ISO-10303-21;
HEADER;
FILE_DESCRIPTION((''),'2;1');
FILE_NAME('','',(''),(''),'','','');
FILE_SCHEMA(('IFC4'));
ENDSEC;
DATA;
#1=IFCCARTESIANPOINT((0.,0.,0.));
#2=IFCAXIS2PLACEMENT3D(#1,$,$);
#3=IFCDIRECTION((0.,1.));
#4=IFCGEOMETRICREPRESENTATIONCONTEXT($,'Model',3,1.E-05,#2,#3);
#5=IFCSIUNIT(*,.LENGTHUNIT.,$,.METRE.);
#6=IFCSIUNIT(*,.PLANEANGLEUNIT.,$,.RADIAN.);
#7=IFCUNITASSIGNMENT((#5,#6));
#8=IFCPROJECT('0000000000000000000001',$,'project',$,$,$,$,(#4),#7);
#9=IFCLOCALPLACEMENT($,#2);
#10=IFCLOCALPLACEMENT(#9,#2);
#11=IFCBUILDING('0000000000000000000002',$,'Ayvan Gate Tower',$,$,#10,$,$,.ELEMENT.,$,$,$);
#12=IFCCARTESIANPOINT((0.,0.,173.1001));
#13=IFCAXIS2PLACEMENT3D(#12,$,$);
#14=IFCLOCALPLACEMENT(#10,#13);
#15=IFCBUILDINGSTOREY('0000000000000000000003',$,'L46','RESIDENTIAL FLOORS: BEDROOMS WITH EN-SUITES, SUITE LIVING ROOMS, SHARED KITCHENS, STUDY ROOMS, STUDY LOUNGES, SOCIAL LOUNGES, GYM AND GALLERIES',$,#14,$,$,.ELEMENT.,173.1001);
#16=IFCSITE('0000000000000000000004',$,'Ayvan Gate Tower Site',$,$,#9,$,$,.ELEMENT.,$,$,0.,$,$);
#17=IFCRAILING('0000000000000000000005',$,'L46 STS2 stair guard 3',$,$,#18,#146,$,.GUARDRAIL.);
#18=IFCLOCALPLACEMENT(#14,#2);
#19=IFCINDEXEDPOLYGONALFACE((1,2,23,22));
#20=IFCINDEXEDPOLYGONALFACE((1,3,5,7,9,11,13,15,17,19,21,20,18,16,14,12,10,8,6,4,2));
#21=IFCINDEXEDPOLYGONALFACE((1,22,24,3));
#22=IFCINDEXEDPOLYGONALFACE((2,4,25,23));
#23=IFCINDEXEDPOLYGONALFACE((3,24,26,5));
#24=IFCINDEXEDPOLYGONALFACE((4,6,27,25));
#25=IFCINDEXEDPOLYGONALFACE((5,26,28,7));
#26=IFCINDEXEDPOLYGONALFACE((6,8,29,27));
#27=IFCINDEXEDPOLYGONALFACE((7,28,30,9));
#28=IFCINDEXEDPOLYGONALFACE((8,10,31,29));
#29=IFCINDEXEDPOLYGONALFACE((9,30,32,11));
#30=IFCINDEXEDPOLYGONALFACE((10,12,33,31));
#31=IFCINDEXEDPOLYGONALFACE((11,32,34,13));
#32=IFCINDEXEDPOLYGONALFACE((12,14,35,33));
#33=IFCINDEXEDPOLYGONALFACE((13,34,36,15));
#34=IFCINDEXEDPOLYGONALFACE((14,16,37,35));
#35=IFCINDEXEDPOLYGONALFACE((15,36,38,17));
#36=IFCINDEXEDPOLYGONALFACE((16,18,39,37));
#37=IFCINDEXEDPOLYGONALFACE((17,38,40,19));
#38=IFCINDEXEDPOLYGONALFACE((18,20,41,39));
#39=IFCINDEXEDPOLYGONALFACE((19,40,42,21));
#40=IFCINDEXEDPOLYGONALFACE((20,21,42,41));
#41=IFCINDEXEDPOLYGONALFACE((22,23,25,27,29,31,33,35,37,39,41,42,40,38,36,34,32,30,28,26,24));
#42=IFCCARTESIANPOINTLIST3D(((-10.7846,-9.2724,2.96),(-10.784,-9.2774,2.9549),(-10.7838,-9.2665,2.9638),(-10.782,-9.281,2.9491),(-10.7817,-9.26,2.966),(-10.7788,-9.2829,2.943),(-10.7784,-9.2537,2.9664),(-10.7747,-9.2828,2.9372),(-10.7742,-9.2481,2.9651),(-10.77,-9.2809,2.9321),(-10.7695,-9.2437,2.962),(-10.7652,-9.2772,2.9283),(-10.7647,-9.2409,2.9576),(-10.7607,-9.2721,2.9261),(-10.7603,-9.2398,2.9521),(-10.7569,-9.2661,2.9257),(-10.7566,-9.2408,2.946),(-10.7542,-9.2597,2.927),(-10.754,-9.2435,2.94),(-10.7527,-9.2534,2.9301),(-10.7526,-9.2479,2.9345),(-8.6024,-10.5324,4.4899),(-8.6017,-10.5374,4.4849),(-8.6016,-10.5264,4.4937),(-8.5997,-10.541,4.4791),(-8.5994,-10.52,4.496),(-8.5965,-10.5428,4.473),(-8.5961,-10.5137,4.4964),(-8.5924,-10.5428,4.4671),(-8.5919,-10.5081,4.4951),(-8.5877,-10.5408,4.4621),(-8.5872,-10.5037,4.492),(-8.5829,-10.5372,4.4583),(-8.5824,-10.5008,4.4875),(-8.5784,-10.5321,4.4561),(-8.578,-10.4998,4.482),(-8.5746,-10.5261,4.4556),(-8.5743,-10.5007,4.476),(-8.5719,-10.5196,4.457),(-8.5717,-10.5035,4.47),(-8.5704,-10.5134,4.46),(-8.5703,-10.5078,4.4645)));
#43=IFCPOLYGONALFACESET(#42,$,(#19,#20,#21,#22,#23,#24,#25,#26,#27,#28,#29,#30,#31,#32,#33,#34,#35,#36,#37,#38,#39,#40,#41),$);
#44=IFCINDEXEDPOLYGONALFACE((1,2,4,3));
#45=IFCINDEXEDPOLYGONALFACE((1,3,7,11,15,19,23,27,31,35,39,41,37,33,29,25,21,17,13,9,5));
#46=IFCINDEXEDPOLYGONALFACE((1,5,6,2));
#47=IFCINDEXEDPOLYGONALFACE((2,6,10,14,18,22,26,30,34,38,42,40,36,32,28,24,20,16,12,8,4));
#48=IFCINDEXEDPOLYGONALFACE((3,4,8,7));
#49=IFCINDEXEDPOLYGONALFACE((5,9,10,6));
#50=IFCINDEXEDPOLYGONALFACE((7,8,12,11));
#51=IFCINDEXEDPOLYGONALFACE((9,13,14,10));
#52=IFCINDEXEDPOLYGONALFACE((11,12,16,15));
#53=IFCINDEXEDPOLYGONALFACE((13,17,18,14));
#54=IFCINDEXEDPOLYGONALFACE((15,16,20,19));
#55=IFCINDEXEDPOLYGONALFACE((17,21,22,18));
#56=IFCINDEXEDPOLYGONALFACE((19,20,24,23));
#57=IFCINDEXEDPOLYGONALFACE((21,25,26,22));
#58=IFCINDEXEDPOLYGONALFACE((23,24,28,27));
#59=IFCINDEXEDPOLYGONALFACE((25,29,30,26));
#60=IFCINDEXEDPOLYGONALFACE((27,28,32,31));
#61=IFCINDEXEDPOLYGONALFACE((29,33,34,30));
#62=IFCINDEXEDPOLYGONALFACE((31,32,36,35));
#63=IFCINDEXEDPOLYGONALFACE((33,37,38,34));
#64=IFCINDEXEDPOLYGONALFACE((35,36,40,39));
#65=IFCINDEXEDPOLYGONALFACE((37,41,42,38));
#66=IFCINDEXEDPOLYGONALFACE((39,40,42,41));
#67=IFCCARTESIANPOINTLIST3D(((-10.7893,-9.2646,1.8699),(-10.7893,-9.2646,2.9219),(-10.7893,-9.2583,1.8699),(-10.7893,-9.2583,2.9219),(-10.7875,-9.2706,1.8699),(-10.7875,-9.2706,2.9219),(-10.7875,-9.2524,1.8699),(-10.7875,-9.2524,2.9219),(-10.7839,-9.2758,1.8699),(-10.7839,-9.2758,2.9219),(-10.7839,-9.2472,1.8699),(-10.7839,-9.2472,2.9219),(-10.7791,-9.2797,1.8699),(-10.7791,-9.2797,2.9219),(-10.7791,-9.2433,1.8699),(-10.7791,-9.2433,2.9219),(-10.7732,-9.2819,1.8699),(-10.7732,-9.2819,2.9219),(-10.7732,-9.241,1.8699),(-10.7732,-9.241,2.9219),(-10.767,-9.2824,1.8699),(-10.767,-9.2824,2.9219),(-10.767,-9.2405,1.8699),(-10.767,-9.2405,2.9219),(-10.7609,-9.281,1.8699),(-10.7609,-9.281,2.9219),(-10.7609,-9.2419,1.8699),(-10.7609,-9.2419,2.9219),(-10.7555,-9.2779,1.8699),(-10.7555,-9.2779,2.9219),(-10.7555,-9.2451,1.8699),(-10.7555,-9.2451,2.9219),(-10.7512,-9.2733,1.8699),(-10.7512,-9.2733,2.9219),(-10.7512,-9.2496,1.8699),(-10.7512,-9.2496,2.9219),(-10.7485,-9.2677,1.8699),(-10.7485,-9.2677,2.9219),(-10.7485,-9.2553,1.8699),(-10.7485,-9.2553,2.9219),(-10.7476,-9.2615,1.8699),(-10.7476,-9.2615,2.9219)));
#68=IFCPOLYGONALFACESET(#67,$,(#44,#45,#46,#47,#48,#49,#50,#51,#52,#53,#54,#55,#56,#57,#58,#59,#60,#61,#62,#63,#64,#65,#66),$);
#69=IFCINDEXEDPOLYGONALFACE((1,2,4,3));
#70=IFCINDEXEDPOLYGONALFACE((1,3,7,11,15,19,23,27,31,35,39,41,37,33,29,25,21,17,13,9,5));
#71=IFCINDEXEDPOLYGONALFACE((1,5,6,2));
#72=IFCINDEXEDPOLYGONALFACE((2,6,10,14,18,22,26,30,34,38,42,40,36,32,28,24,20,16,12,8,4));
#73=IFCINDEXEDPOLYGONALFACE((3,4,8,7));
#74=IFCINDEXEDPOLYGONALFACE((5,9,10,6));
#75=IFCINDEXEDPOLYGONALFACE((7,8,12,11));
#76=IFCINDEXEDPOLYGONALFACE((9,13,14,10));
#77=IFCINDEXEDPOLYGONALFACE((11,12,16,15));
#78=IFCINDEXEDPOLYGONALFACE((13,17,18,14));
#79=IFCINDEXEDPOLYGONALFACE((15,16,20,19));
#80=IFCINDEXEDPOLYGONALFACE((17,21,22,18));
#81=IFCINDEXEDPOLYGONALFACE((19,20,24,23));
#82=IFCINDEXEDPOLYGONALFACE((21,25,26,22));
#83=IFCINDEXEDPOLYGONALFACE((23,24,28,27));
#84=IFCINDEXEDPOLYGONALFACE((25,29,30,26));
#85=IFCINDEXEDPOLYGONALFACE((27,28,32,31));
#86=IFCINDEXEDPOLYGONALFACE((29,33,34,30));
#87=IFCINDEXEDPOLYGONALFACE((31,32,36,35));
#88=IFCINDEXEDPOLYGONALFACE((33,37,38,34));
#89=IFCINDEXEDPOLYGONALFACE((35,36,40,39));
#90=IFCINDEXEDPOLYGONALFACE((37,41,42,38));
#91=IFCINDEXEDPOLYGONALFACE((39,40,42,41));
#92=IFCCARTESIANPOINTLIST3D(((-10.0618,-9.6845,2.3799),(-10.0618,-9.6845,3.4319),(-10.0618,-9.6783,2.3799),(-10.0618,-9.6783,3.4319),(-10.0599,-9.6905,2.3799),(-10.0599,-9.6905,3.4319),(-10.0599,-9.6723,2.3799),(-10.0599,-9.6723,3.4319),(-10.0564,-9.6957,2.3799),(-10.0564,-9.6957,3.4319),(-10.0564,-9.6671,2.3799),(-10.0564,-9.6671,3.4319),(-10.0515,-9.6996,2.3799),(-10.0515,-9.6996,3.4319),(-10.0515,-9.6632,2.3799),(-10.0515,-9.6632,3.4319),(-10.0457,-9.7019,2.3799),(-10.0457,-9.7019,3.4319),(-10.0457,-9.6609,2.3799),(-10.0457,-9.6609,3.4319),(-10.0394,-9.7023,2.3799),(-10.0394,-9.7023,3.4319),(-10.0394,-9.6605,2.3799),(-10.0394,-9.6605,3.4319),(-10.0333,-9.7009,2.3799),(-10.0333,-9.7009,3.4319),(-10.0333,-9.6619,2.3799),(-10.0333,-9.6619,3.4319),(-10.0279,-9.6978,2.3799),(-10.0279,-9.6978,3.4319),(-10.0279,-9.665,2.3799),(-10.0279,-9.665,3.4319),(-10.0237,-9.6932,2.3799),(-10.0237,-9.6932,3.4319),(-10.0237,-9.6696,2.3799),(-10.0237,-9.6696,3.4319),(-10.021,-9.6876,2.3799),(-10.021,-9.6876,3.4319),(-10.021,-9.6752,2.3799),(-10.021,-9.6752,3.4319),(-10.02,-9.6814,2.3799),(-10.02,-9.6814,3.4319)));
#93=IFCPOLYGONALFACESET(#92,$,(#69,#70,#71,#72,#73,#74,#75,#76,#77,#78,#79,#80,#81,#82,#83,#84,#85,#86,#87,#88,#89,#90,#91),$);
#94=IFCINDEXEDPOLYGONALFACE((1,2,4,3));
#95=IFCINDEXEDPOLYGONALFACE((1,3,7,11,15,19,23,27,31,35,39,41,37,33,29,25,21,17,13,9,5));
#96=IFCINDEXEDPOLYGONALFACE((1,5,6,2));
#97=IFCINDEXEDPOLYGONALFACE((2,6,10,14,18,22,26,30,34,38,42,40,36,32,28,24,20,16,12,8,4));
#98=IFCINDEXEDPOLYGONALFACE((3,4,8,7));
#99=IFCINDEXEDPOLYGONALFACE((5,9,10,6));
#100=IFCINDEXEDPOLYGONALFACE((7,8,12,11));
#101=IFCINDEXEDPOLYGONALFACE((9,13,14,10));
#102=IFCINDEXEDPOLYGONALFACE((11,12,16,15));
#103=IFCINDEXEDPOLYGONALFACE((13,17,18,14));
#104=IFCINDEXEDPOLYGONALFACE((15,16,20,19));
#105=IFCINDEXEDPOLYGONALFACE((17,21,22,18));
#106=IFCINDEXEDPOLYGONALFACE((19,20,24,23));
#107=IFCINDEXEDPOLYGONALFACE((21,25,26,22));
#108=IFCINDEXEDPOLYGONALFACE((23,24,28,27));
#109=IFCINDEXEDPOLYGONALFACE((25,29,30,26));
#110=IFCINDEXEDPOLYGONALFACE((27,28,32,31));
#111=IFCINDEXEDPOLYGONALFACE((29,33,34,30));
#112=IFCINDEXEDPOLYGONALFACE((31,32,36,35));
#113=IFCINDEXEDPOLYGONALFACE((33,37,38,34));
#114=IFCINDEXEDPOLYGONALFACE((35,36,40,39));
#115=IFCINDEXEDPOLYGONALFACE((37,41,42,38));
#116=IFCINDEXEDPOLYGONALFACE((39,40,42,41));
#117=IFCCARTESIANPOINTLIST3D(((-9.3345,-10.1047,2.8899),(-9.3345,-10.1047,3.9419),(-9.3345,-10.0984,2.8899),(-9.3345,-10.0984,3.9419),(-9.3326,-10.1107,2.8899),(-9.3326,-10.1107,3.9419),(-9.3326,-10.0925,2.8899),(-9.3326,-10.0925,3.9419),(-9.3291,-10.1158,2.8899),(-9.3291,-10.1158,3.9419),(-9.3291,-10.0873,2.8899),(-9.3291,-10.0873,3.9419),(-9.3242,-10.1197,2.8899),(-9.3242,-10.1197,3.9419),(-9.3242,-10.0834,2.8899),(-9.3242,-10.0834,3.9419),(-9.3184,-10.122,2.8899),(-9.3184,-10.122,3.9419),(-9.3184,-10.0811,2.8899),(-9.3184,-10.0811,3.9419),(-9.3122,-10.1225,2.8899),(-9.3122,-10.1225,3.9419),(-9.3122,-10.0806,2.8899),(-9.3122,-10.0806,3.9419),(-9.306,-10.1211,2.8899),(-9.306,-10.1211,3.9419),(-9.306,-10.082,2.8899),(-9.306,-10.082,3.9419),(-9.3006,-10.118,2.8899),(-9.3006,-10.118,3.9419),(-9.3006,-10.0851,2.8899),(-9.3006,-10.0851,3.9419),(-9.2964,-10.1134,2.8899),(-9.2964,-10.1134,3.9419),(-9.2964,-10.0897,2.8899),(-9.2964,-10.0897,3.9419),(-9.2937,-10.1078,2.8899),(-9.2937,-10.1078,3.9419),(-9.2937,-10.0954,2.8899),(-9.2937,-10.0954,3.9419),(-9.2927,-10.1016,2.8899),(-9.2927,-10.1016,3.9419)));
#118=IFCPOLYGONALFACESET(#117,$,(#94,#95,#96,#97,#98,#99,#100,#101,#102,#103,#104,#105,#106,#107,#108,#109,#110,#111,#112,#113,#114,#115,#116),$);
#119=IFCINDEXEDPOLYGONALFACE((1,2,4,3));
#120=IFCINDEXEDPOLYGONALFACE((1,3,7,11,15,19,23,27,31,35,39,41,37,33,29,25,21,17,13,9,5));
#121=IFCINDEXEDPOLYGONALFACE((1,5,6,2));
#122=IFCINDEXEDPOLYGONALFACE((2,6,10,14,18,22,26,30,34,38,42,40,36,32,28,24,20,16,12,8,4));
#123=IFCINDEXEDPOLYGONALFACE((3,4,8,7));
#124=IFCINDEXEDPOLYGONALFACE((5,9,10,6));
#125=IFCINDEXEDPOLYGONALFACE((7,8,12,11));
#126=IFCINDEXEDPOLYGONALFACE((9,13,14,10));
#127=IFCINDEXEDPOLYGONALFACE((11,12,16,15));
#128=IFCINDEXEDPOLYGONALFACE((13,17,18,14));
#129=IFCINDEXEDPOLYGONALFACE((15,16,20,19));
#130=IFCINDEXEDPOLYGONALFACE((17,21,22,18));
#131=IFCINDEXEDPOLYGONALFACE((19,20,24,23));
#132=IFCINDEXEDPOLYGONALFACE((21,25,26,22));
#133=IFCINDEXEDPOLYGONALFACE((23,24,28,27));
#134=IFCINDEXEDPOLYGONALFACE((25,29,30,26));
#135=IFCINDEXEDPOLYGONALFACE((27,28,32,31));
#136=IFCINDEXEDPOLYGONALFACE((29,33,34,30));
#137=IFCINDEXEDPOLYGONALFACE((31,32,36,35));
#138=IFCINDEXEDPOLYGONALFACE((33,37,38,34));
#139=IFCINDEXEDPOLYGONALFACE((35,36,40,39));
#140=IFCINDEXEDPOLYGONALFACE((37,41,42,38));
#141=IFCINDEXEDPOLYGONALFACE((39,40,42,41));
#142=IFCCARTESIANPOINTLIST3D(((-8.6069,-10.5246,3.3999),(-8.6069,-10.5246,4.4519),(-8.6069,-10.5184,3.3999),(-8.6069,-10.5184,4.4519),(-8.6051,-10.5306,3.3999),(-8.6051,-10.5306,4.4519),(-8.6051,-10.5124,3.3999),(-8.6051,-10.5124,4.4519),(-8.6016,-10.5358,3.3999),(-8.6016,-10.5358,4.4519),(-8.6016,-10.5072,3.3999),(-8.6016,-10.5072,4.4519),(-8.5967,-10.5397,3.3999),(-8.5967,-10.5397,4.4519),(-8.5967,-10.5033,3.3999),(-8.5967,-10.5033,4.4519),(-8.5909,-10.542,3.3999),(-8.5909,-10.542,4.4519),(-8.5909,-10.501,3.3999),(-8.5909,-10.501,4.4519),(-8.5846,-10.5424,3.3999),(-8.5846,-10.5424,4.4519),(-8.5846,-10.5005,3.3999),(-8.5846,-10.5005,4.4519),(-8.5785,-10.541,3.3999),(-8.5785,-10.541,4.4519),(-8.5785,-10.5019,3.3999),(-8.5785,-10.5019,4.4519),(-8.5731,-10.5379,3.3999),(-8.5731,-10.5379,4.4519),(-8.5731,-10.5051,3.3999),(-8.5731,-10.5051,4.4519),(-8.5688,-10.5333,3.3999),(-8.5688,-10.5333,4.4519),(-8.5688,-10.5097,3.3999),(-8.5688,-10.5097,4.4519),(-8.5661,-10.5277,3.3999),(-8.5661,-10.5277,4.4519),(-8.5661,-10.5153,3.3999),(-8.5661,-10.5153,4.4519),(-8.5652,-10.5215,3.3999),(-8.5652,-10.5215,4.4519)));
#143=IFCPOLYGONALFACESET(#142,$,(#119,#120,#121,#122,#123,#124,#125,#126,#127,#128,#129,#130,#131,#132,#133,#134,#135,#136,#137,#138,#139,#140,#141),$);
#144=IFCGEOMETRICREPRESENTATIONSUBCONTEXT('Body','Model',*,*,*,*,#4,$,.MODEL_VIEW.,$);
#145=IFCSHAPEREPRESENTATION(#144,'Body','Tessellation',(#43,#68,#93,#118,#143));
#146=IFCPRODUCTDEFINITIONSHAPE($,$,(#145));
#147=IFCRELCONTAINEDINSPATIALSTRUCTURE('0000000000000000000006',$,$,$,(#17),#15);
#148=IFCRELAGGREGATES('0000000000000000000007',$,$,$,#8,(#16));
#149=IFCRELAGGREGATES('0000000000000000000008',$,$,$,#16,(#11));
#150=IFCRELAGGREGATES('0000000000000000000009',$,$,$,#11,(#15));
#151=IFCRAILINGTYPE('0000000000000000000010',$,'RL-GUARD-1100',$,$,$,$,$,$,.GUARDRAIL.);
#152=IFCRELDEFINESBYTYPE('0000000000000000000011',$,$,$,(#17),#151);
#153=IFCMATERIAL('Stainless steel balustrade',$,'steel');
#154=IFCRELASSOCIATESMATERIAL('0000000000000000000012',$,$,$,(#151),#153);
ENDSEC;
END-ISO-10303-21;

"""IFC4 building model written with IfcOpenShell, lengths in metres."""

from ifc_helpers import new_model, si_unit, direction, frame, origin, origin_2d, place, context, subcontext, project, spatial, circle, extrude, material, type_object, element, save


model = new_model("IFC4")

# Units and contexts
model_context = context("Model", 3, precision=1e-05, world=origin(), true_north=direction((0.0, 1.0)))
body_context = subcontext(model_context, "Body", "Model", "MODEL_VIEW")
ifc_project = project(units=[si_unit("LENGTHUNIT", "METRE"), si_unit("PLANEANGLEUNIT", "RADIAN")], contexts=[model_context])

# Site, building, storey
site_placement = place(None, origin())
site = spatial("IfcSite", under=ifc_project, at=site_placement, Name="Ayvan Gate Tower Site", CompositionType="ELEMENT", RefElevation=0.0)
building_placement = place(site_placement, origin())
building = spatial("IfcBuilding", under=site, at=building_placement, Name="Ayvan Gate Tower", CompositionType="ELEMENT")
storey_placement = place(building_placement, frame((0.0, 0.0, 173.1001)))
storey = spatial("IfcBuildingStorey", under=building, at=storey_placement, Name="L46", Description="RESIDENTIAL FLOORS: BEDROOMS WITH EN-SUITES, SUITE LIVING ROOMS, SHARED KITCHENS, STUDY ROOMS, STUDY LOUNGES, SOCIAL LOUNGES, GYM AND GALLERIES", CompositionType="ELEMENT", Elevation=173.1001)

# Railing
ifc_material_1 = material(Name="Stainless steel balustrade", Category="steel")
railing_type_1 = type_object("IfcRailingType", Name="RL-GUARD-1100", PredefinedType="GUARDRAIL", material=ifc_material_1)
railing_1_placement = place(storey_placement, frame((-10.7686, -9.2615, 1.8699)))
element("IfcRailing", 1, at=railing_1_placement, inside=storey, type_object=railing_type_1, Name="L46 STS2 stair guard 3", PredefinedType="GUARDRAIL", context=body_context, shape_type="SweptSolid", body=[
    extrude(circle(Radius=0.0239, at=origin_2d()), frame((0.0, 0.0, 1.0762), z_axis=(0.740261, -0.427395, 0.518986), x_axis=(0.500005, 0.866023, 0.0)), (0.0, 0.0, 1.0), 2.948),
    extrude(circle(Radius=0.021, at=origin_2d()), origin(), (0.0, 0.0, 1.0), 1.052),
    extrude(circle(Radius=0.021, at=origin_2d()), frame((0.7275, -0.4199, 0.51)), (0.0, 0.0, 1.0), 1.052),
    extrude(circle(Radius=0.021, at=origin_2d()), frame((1.4548, -0.8401, 1.02)), (0.0, 0.0, 1.0), 1.052),
    extrude(circle(Radius=0.021, at=origin_2d()), frame((2.1824, -1.26, 1.53)), (0.0, 0.0, 1.0), 1.052),
])

save(model, "model.ifc")
